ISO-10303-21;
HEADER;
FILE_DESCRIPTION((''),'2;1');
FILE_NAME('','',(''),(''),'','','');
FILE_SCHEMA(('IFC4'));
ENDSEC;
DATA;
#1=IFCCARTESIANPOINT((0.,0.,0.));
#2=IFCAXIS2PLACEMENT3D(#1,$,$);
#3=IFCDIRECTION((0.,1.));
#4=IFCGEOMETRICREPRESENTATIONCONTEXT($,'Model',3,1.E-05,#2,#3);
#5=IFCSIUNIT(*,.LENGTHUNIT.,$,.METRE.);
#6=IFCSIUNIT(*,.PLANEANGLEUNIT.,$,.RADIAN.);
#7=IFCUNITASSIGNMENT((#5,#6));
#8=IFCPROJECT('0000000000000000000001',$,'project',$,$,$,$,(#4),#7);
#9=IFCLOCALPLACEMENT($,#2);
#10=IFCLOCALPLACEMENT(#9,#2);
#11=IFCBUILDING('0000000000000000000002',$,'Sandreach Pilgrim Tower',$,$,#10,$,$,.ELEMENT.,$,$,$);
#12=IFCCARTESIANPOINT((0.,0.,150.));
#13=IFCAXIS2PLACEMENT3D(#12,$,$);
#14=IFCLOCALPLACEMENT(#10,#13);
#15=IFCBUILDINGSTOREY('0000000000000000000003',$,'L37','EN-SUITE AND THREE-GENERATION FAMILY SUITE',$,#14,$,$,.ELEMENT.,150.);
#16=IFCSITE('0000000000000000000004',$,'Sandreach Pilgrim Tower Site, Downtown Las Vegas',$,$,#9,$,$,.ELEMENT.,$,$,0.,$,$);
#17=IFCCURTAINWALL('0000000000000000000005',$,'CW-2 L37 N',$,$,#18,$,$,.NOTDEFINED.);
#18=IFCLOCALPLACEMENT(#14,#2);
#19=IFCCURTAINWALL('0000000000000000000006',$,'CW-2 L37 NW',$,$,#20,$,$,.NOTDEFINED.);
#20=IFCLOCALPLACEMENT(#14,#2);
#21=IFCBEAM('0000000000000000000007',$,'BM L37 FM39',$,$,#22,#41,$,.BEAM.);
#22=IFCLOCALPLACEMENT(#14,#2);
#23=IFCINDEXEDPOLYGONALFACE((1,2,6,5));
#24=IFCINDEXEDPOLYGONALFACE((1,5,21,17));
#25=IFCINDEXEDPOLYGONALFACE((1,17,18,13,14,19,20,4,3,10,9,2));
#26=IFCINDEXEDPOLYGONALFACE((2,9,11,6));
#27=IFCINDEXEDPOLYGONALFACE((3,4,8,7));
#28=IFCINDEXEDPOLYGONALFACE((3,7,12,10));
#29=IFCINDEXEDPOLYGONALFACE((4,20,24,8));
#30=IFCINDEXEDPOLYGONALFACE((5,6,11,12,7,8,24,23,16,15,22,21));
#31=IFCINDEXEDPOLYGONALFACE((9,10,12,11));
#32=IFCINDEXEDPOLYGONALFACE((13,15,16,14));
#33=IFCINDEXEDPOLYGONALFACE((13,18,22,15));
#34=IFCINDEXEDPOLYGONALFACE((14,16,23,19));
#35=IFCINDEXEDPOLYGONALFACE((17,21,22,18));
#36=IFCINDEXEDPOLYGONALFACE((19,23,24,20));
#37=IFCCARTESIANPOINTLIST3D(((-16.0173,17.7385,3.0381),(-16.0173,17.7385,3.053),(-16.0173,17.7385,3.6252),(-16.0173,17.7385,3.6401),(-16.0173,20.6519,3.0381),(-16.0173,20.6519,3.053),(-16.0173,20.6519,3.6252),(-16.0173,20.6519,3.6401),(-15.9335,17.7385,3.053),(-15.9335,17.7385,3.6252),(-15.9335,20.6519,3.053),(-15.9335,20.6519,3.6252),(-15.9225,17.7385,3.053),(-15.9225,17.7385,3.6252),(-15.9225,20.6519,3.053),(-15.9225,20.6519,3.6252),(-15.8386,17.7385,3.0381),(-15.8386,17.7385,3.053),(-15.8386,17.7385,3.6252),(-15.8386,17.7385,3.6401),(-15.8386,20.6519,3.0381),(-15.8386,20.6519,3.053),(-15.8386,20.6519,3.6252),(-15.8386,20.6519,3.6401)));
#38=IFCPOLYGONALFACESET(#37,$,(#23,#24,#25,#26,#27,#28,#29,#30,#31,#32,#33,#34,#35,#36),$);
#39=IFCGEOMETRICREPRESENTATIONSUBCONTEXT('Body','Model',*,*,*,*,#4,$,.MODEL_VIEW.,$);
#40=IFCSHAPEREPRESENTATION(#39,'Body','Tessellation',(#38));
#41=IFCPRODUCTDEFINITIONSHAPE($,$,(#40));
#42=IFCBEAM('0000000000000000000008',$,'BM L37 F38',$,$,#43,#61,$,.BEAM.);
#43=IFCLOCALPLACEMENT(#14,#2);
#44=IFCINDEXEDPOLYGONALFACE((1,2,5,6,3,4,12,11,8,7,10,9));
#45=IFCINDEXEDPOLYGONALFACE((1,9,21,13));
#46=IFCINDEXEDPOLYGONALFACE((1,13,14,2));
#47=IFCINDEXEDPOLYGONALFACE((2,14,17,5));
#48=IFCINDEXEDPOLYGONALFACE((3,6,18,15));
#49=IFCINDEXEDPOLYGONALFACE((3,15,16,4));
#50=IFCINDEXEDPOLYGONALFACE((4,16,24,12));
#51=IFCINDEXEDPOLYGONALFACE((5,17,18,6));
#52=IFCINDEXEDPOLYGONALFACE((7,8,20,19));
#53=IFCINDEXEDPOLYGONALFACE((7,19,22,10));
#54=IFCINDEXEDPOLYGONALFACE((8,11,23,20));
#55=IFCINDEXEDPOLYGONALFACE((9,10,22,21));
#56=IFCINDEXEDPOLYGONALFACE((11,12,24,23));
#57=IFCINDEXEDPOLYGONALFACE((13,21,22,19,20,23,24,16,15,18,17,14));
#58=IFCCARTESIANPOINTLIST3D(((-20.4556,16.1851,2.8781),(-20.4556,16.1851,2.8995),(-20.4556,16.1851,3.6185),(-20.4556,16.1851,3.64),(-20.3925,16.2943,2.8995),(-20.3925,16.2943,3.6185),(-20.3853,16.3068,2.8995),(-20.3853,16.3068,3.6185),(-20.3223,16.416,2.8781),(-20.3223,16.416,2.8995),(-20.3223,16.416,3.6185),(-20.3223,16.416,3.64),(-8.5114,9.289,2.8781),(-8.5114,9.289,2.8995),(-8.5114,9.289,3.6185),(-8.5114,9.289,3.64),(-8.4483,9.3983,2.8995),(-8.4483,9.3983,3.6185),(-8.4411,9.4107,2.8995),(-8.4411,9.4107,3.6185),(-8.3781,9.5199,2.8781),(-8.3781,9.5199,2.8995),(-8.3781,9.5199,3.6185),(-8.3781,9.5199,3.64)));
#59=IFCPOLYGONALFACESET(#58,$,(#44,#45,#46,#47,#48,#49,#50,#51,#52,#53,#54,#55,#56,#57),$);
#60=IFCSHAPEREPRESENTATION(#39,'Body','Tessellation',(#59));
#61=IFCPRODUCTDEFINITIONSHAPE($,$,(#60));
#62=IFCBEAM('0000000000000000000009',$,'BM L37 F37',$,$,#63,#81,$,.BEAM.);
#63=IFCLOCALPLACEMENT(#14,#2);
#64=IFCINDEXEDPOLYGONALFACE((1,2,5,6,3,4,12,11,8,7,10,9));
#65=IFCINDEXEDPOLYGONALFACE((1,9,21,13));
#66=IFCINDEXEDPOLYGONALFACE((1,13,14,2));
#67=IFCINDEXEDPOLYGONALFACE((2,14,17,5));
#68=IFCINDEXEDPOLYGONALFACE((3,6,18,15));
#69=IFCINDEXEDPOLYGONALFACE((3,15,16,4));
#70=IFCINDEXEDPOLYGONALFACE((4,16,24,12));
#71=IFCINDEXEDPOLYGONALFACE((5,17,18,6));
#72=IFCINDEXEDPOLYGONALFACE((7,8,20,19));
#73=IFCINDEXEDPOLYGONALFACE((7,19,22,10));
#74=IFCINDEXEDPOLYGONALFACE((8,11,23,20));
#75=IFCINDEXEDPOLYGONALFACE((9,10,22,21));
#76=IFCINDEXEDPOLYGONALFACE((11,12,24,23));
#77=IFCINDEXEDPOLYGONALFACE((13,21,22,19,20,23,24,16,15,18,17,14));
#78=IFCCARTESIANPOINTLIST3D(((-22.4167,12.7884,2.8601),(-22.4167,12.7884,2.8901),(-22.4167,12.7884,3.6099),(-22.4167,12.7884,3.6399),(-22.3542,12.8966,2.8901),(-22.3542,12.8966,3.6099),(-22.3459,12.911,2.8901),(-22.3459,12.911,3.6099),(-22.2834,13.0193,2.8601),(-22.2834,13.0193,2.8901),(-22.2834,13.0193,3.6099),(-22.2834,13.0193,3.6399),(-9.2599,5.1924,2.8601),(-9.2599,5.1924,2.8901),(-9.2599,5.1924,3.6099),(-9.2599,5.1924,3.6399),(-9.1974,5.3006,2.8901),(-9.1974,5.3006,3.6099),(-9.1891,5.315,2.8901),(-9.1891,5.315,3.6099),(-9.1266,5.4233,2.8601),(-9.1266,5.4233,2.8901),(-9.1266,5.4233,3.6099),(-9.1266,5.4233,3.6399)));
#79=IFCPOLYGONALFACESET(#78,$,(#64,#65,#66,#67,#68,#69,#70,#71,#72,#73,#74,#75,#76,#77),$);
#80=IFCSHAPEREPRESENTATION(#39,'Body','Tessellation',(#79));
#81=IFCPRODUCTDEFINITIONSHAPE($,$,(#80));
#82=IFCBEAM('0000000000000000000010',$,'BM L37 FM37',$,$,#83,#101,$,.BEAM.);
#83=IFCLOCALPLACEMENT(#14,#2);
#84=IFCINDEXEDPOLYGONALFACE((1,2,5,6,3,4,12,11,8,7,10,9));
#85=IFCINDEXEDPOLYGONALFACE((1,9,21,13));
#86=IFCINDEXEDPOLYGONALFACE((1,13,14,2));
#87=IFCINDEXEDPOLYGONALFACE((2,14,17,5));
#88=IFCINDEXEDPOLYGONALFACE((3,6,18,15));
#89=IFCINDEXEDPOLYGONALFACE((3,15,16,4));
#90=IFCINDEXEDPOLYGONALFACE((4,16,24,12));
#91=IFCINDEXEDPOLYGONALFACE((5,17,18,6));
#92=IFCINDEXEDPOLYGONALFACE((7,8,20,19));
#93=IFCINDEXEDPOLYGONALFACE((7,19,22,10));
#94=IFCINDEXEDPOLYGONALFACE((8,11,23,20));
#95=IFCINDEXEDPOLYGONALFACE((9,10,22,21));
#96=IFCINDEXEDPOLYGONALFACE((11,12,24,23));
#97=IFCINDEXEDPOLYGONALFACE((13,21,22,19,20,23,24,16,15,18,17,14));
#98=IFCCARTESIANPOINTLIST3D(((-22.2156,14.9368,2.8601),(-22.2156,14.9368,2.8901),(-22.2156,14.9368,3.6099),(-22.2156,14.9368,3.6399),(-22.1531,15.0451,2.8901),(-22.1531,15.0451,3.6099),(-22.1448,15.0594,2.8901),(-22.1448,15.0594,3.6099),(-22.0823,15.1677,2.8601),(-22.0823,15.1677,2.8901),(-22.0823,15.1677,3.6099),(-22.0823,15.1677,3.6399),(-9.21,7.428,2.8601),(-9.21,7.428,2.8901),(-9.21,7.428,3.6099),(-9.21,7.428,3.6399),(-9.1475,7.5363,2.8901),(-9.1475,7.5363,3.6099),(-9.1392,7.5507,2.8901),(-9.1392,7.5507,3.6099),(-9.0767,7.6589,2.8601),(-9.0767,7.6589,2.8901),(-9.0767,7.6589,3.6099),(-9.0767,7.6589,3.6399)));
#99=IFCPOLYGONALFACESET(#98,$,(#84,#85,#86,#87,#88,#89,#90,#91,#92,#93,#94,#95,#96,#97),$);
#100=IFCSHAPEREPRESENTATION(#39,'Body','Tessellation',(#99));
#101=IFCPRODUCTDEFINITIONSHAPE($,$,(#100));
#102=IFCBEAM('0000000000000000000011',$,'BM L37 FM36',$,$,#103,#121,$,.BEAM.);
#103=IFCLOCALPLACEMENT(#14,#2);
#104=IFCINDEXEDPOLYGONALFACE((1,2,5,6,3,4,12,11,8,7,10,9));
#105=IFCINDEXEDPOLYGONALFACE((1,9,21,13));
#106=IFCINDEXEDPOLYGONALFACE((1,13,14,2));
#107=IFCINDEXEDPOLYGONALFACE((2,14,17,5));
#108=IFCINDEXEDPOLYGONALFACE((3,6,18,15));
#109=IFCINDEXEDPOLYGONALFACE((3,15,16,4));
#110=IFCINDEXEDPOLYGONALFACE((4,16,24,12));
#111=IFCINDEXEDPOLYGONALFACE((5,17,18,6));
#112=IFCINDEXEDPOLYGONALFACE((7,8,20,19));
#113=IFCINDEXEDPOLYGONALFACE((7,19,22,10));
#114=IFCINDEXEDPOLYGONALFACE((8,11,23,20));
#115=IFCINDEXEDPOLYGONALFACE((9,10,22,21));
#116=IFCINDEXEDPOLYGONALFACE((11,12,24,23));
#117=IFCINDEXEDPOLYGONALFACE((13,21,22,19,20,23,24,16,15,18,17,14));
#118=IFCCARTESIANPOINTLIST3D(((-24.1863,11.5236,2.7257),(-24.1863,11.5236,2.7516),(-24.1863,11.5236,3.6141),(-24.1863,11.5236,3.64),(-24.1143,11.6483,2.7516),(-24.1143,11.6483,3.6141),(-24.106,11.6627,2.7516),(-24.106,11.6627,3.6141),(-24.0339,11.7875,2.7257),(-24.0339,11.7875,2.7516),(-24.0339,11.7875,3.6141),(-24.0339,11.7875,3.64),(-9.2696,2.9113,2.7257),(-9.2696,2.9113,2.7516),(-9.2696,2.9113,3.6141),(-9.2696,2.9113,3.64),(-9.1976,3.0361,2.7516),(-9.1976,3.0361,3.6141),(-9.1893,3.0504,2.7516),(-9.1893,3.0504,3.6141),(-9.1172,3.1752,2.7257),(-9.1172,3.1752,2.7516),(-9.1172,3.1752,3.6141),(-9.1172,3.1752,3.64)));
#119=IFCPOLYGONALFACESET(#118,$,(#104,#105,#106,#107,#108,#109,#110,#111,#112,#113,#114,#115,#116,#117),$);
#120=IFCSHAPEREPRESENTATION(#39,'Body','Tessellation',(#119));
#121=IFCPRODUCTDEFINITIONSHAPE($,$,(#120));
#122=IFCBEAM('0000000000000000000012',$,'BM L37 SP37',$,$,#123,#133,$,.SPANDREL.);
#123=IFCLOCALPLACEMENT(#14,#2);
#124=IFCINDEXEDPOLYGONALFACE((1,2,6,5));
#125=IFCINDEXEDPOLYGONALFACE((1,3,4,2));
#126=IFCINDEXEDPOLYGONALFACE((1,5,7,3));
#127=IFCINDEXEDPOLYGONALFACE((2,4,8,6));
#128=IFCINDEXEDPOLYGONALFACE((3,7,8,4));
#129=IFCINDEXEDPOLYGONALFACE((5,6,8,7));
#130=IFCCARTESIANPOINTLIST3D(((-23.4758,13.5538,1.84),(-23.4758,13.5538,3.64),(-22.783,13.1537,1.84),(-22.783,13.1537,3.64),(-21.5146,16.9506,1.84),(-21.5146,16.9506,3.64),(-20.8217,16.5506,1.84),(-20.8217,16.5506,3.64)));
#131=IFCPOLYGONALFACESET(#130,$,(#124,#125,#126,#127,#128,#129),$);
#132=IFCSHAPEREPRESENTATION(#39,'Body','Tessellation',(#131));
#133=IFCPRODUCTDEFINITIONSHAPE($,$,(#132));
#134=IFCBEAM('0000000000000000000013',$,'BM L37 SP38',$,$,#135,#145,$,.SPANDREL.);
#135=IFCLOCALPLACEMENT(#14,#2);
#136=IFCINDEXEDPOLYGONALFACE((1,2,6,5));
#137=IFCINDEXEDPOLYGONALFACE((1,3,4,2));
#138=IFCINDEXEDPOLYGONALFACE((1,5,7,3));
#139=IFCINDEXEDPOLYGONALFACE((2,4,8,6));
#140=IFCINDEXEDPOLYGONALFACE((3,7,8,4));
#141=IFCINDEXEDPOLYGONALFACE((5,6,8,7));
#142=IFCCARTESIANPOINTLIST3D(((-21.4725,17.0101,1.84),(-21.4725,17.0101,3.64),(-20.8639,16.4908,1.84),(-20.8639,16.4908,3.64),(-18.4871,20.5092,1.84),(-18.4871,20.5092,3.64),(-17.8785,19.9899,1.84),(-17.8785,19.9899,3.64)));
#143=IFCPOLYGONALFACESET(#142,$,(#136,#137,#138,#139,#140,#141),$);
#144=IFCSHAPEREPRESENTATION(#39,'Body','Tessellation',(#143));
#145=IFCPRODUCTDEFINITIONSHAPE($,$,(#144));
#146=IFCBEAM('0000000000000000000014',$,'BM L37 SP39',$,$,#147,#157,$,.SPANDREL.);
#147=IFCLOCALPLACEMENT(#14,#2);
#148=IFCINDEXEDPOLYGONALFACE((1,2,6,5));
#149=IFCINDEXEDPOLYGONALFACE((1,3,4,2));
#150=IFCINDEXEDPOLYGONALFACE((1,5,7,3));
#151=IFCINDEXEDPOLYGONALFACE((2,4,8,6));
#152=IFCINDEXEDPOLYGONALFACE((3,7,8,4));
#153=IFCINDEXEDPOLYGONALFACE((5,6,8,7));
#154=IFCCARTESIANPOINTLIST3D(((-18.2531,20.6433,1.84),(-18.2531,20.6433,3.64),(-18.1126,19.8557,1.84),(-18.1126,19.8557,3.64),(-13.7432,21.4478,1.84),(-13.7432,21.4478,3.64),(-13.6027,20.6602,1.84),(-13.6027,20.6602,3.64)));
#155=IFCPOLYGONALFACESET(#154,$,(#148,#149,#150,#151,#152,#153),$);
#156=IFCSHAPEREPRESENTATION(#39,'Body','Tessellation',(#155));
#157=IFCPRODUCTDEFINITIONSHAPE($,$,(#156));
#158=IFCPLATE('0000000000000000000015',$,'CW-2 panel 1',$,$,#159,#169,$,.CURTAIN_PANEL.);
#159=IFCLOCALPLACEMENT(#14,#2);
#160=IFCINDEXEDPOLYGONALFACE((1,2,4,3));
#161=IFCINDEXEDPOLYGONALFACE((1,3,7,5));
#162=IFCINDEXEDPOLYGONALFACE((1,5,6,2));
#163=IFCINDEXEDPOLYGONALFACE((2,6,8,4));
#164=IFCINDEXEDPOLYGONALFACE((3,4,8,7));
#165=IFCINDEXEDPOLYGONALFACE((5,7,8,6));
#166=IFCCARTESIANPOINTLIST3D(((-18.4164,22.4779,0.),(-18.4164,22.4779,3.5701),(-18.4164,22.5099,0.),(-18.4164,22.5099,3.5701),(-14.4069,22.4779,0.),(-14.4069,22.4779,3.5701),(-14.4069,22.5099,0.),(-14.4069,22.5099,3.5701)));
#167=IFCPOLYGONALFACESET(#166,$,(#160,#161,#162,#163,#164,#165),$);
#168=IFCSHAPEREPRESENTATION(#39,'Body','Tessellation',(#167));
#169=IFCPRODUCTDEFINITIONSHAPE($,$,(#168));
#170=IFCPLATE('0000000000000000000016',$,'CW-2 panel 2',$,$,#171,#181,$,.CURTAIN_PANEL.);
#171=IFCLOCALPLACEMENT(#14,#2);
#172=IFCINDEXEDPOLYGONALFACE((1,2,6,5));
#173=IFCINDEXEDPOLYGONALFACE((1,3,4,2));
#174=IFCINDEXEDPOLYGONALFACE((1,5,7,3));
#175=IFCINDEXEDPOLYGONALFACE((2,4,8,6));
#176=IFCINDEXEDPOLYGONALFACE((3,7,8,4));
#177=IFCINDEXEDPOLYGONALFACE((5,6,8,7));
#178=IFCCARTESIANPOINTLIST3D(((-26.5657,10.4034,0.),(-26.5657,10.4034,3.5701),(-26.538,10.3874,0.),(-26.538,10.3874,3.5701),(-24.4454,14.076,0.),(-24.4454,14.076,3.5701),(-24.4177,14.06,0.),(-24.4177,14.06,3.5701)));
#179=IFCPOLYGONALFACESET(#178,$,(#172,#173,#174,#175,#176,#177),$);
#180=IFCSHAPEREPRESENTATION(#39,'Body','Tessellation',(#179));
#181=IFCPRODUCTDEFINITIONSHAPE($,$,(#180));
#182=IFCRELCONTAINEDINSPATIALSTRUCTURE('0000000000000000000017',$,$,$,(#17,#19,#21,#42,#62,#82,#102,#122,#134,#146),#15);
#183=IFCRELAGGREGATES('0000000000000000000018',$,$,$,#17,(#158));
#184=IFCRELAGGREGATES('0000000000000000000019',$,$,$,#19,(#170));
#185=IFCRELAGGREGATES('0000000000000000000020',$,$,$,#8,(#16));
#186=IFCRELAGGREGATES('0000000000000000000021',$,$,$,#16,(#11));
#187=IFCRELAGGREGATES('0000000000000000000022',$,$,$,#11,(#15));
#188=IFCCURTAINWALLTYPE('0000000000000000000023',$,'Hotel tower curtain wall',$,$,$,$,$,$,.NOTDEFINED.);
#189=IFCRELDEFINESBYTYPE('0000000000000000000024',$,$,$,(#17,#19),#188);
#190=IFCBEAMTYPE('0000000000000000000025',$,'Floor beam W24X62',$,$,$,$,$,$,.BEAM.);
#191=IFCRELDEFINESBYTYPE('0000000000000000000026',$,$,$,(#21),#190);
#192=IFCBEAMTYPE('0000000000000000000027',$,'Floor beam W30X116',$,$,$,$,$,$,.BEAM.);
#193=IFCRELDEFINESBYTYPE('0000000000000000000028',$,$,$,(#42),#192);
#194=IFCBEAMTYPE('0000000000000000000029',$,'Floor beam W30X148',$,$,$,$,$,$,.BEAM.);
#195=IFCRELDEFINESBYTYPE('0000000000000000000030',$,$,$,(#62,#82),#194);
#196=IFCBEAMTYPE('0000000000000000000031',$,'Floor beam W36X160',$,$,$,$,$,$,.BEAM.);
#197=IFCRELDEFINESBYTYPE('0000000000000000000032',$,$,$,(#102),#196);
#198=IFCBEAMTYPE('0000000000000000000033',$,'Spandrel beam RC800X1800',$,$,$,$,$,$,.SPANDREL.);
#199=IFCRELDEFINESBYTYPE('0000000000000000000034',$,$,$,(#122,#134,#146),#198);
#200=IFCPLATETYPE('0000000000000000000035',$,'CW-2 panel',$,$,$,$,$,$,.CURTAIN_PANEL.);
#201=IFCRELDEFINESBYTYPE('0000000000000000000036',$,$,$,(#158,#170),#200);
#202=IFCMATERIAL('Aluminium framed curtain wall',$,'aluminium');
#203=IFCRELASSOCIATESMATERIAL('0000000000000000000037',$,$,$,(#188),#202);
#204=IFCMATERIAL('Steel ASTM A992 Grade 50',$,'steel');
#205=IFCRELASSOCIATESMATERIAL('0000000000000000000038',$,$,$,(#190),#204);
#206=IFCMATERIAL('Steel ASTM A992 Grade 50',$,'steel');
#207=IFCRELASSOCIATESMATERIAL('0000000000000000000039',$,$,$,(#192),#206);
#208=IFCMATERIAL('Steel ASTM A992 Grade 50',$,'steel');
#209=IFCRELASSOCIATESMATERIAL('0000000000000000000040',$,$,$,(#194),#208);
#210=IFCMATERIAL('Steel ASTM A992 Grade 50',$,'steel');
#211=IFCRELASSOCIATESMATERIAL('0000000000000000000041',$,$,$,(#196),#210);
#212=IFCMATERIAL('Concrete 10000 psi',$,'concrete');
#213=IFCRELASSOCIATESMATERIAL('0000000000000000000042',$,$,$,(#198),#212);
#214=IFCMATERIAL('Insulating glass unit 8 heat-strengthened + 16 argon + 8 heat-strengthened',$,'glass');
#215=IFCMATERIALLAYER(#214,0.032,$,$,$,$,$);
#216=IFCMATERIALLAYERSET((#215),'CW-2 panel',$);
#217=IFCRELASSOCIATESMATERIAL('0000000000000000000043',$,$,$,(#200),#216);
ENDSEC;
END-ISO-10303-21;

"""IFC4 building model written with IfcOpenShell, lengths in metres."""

from ifc_helpers import new_model, si_unit, direction, frame, origin, origin_2d, place, context, subcontext, project, spatial, rectangle, i_section, extrude, material, layer, layer_set, material_profile, profile_set, type_object, element, aggregate, save


model = new_model("IFC4")

# Units and contexts
model_context = context("Model", 3, precision=1e-05, world=origin(), true_north=direction((0.0, 1.0)))
body_context = subcontext(model_context, "Body", "Model", "MODEL_VIEW")
ifc_project = project(units=[si_unit("LENGTHUNIT", "METRE"), si_unit("PLANEANGLEUNIT", "RADIAN")], contexts=[model_context])

# Site, building, storey
site_placement = place(None, origin())
site = spatial("IfcSite", under=ifc_project, at=site_placement, Name="Sandreach Pilgrim Tower Site, Downtown Las Vegas", CompositionType="ELEMENT", RefElevation=0.0)
building_placement = place(site_placement, origin())
building = spatial("IfcBuilding", under=site, at=building_placement, Name="Sandreach Pilgrim Tower", CompositionType="ELEMENT")
storey_placement = place(building_placement, frame((0.0, 0.0, 150.0)))
storey = spatial("IfcBuildingStorey", under=building, at=storey_placement, Name="L37", Description="EN-SUITE AND THREE-GENERATION FAMILY SUITE", CompositionType="ELEMENT", Elevation=150.0)

# Curtain wall
ifc_material_1 = material(Name="Aluminium framed curtain wall", Category="aluminium")
curtain_wall_type = type_object("IfcCurtainWallType", Name="Hotel tower curtain wall", PredefinedType="NOTDEFINED", material=ifc_material_1)
curtain_wall_1_placement = place(storey_placement, origin())
curtain_wall_1 = element("IfcCurtainWall", 1, at=curtain_wall_1_placement, inside=storey, type_object=curtain_wall_type, Name="CW-2 L37 N", PredefinedType="NOTDEFINED")

# Curtain wall
curtain_wall_2_placement = place(storey_placement, origin())
curtain_wall_2 = element("IfcCurtainWall", 2, at=curtain_wall_2_placement, inside=storey, type_object=curtain_wall_type, Name="CW-2 L37 NW", PredefinedType="NOTDEFINED")

# Beams
ifc_material_2 = material(Name="Steel ASTM A992 Grade 50", Category="steel")
ifc_material_profile_1 = material_profile(ifc_material_2, i_section(OverallWidth=0.1787, OverallDepth=0.6021, WebThickness=0.011, FlangeThickness=0.0149, at=origin_2d()), Name="W24X62")
ifc_profile_set_1 = profile_set([ifc_material_profile_1], Name="Steel ASTM A992 Grade 50")
beam_type_1 = type_object("IfcBeamType", Name="Floor beam W24X62", PredefinedType="BEAM", material=ifc_profile_set_1)
beam_1_placement = place(storey_placement, frame((-15.928, 20.6519, 3.3391), z_axis=(0.0, -1.0, 0.0), x_axis=(1.0, 0.0, 0.0)))
element("IfcBeam", 3, at=beam_1_placement, inside=storey, type_object=beam_type_1, Name="BM L37 FM39", PredefinedType="BEAM", context=body_context, shape_type="SweptSolid", body=[
    extrude(i_section(OverallWidth=0.1787, OverallDepth=0.6021, WebThickness=0.011, FlangeThickness=0.0149, at=origin_2d()), origin(), (0.0, 0.0, 1.0), 2.9133),
])
ifc_material_3 = material(Name="Steel ASTM A992 Grade 50", Category="steel")
ifc_material_profile_2 = material_profile(ifc_material_3, i_section(OverallWidth=0.2666, OverallDepth=0.762, WebThickness=0.0144, FlangeThickness=0.0215, at=origin_2d()), Name="W30X116")
ifc_profile_set_2 = profile_set([ifc_material_profile_2], Name="Steel ASTM A992 Grade 50")
beam_type_2 = type_object("IfcBeamType", Name="Floor beam W30X116", PredefinedType="BEAM", material=ifc_profile_set_2)
beam_2_placement = place(storey_placement, frame((-20.3889, 16.3005, 3.259), z_axis=(0.866023, -0.500004, 0.0), x_axis=(0.500004, 0.866023, 0.0)))
element("IfcBeam", 4, at=beam_2_placement, inside=storey, type_object=beam_type_2, Name="BM L37 F38", PredefinedType="BEAM", context=body_context, shape_type="SweptSolid", body=[
    extrude(i_section(OverallWidth=0.2666, OverallDepth=0.762, WebThickness=0.0144, FlangeThickness=0.0215, at=origin_2d()), origin(), (0.0, 0.0, 1.0), 13.792),
])
ifc_material_4 = material(Name="Steel ASTM A992 Grade 50", Category="steel")
ifc_material_profile_3 = material_profile(ifc_material_4, i_section(OverallWidth=0.2666, OverallDepth=0.7798, WebThickness=0.0166, FlangeThickness=0.03, at=origin_2d()), Name="W30X148")
ifc_profile_set_3 = profile_set([ifc_material_profile_3], Name="Steel ASTM A992 Grade 50")
beam_type_3 = type_object("IfcBeamType", Name="Floor beam W30X148", PredefinedType="BEAM", material=ifc_profile_set_3)
beam_3_placement = place(storey_placement, frame((-22.3501, 12.9038, 3.25), z_axis=(0.866028, -0.499995, 0.0), x_axis=(0.499995, 0.866028, 0.0)))
element("IfcBeam", 5, at=beam_3_placement, inside=storey, type_object=beam_type_3, Name="BM L37 F37", PredefinedType="BEAM", context=body_context, shape_type="SweptSolid", body=[
    extrude(i_section(OverallWidth=0.2666, OverallDepth=0.7798, WebThickness=0.0166, FlangeThickness=0.03, at=origin_2d()), origin(), (0.0, 0.0, 1.0), 15.1921),
])
beam_4_placement = place(storey_placement, frame((-22.1489, 15.0522, 3.25), z_axis=(0.866026, -0.5, 0.0), x_axis=(0.5, 0.866026, 0.0)))
element("IfcBeam", 6, at=beam_4_placement, inside=storey, type_object=beam_type_3, Name="BM L37 FM37", PredefinedType="BEAM", context=body_context, shape_type="SweptSolid", body=[
    extrude(i_section(OverallWidth=0.2666, OverallDepth=0.7798, WebThickness=0.0166, FlangeThickness=0.03, at=origin_2d()), origin(), (0.0, 0.0, 1.0), 15.0176),
])
ifc_material_5 = material(Name="Steel ASTM A992 Grade 50", Category="steel")
ifc_material_profile_4 = material_profile(ifc_material_5, i_section(OverallWidth=0.3047, OverallDepth=0.9143, WebThickness=0.0166, FlangeThickness=0.0259, at=origin_2d()), Name="W36X160")
ifc_profile_set_4 = profile_set([ifc_material_profile_4], Name="Steel ASTM A992 Grade 50")
beam_type_4 = type_object("IfcBeamType", Name="Floor beam W36X160", PredefinedType="BEAM", material=ifc_profile_set_4)
beam_5_placement = place(storey_placement, frame((-24.1101, 11.6555, 3.1829), z_axis=(0.866022, -0.500005, 0.0), x_axis=(0.500005, 0.866022, 0.0)))
element("IfcBeam", 7, at=beam_5_placement, inside=storey, type_object=beam_type_4, Name="BM L37 FM36", PredefinedType="BEAM", context=body_context, shape_type="SweptSolid", body=[
    extrude(i_section(OverallWidth=0.3047, OverallDepth=0.9143, WebThickness=0.0166, FlangeThickness=0.0259, at=origin_2d()), origin(), (0.0, 0.0, 1.0), 17.2244),
])
ifc_material_6 = material(Name="Concrete 10000 psi", Category="concrete")
ifc_material_profile_5 = material_profile(ifc_material_6, rectangle(XDim=0.8, YDim=1.8, at=origin_2d()), Name="RC800X1800")
ifc_profile_set_5 = profile_set([ifc_material_profile_5], Name="Concrete 10000 psi")
beam_type_5 = type_object("IfcBeamType", Name="Spandrel beam RC800X1800", PredefinedType="SPANDREL", material=ifc_profile_set_5)
beam_6_placement = place(storey_placement, frame((-23.1294, 13.3538, 2.74), z_axis=(0.500015, 0.866017, 0.0), x_axis=(-0.866017, 0.500015, 0.0)))
element("IfcBeam", 8, at=beam_6_placement, inside=storey, type_object=beam_type_5, Name="BM L37 SP37", PredefinedType="SPANDREL", context=body_context, shape_type="SweptSolid", body=[
    extrude(rectangle(XDim=0.8, YDim=1.8, at=origin_2d()), origin(), (0.0, 0.0, 1.0), 3.9224),
])
beam_7_placement = place(storey_placement, frame((-21.1682, 16.7505, 2.74), z_axis=(0.649059, 0.760738, 0.0), x_axis=(-0.760738, 0.649059, 0.0)))
element("IfcBeam", 9, at=beam_7_placement, inside=storey, type_object=beam_type_5, Name="BM L37 SP38", PredefinedType="SPANDREL", context=body_context, shape_type="SweptSolid", body=[
    extrude(rectangle(XDim=0.8, YDim=1.8, at=origin_2d()), origin(), (0.0, 0.0, 1.0), 4.5996),
])
beam_8_placement = place(storey_placement, frame((-18.1829, 20.2495, 2.74), z_axis=(0.98446, 0.175606, 0.0), x_axis=(-0.175606, 0.98446, 0.0)))
element("IfcBeam", 10, at=beam_8_placement, inside=storey, type_object=beam_type_5, Name="BM L37 SP39", PredefinedType="SPANDREL", context=body_context, shape_type="SweptSolid", body=[
    extrude(rectangle(XDim=0.8, YDim=1.8, at=origin_2d()), origin(), (0.0, 0.0, 1.0), 4.5811),
])

# Plates
ifc_material_7 = material(Name="Insulating glass unit 8 heat-strengthened + 16 argon + 8 heat-strengthened", Category="glass")
ifc_layer_1 = layer(ifc_material_7, 0.032)
ifc_layer_set_1 = layer_set([ifc_layer_1], Name="CW-2 panel")
plate_type = type_object("IfcPlateType", Name="CW-2 panel", PredefinedType="CURTAIN_PANEL", material=ifc_layer_set_1)
plate_1_placement = place(storey_placement, frame((-16.4116, 22.4939, 0.0), z_axis=(0.0, 0.0, 1.0), x_axis=(1.0, 0.0, 0.0)))
plate_1 = element("IfcPlate", 11, at=plate_1_placement, type_object=plate_type, Name="CW-2 panel 1", PredefinedType="CURTAIN_PANEL", context=body_context, shape_type="SweptSolid", body=[
    extrude(rectangle(XDim=4.0095, YDim=0.032, at=origin_2d()), origin(), (0.0, 0.0, 1.0), 3.5701),
])
aggregate(curtain_wall_1, [plate_1])
plate_2_placement = place(storey_placement, frame((-25.4917, 12.2317, 0.0), z_axis=(0.0, 0.0, 1.0), x_axis=(0.5, 0.866025, 0.0)))
plate_2 = element("IfcPlate", 12, at=plate_2_placement, type_object=plate_type, Name="CW-2 panel 2", PredefinedType="CURTAIN_PANEL", context=body_context, shape_type="SweptSolid", body=[
    extrude(rectangle(XDim=4.2407, YDim=0.032, at=origin_2d()), origin(), (0.0, 0.0, 1.0), 3.5701),
])
aggregate(curtain_wall_2, [plate_2])

save(model, "model.ifc")
